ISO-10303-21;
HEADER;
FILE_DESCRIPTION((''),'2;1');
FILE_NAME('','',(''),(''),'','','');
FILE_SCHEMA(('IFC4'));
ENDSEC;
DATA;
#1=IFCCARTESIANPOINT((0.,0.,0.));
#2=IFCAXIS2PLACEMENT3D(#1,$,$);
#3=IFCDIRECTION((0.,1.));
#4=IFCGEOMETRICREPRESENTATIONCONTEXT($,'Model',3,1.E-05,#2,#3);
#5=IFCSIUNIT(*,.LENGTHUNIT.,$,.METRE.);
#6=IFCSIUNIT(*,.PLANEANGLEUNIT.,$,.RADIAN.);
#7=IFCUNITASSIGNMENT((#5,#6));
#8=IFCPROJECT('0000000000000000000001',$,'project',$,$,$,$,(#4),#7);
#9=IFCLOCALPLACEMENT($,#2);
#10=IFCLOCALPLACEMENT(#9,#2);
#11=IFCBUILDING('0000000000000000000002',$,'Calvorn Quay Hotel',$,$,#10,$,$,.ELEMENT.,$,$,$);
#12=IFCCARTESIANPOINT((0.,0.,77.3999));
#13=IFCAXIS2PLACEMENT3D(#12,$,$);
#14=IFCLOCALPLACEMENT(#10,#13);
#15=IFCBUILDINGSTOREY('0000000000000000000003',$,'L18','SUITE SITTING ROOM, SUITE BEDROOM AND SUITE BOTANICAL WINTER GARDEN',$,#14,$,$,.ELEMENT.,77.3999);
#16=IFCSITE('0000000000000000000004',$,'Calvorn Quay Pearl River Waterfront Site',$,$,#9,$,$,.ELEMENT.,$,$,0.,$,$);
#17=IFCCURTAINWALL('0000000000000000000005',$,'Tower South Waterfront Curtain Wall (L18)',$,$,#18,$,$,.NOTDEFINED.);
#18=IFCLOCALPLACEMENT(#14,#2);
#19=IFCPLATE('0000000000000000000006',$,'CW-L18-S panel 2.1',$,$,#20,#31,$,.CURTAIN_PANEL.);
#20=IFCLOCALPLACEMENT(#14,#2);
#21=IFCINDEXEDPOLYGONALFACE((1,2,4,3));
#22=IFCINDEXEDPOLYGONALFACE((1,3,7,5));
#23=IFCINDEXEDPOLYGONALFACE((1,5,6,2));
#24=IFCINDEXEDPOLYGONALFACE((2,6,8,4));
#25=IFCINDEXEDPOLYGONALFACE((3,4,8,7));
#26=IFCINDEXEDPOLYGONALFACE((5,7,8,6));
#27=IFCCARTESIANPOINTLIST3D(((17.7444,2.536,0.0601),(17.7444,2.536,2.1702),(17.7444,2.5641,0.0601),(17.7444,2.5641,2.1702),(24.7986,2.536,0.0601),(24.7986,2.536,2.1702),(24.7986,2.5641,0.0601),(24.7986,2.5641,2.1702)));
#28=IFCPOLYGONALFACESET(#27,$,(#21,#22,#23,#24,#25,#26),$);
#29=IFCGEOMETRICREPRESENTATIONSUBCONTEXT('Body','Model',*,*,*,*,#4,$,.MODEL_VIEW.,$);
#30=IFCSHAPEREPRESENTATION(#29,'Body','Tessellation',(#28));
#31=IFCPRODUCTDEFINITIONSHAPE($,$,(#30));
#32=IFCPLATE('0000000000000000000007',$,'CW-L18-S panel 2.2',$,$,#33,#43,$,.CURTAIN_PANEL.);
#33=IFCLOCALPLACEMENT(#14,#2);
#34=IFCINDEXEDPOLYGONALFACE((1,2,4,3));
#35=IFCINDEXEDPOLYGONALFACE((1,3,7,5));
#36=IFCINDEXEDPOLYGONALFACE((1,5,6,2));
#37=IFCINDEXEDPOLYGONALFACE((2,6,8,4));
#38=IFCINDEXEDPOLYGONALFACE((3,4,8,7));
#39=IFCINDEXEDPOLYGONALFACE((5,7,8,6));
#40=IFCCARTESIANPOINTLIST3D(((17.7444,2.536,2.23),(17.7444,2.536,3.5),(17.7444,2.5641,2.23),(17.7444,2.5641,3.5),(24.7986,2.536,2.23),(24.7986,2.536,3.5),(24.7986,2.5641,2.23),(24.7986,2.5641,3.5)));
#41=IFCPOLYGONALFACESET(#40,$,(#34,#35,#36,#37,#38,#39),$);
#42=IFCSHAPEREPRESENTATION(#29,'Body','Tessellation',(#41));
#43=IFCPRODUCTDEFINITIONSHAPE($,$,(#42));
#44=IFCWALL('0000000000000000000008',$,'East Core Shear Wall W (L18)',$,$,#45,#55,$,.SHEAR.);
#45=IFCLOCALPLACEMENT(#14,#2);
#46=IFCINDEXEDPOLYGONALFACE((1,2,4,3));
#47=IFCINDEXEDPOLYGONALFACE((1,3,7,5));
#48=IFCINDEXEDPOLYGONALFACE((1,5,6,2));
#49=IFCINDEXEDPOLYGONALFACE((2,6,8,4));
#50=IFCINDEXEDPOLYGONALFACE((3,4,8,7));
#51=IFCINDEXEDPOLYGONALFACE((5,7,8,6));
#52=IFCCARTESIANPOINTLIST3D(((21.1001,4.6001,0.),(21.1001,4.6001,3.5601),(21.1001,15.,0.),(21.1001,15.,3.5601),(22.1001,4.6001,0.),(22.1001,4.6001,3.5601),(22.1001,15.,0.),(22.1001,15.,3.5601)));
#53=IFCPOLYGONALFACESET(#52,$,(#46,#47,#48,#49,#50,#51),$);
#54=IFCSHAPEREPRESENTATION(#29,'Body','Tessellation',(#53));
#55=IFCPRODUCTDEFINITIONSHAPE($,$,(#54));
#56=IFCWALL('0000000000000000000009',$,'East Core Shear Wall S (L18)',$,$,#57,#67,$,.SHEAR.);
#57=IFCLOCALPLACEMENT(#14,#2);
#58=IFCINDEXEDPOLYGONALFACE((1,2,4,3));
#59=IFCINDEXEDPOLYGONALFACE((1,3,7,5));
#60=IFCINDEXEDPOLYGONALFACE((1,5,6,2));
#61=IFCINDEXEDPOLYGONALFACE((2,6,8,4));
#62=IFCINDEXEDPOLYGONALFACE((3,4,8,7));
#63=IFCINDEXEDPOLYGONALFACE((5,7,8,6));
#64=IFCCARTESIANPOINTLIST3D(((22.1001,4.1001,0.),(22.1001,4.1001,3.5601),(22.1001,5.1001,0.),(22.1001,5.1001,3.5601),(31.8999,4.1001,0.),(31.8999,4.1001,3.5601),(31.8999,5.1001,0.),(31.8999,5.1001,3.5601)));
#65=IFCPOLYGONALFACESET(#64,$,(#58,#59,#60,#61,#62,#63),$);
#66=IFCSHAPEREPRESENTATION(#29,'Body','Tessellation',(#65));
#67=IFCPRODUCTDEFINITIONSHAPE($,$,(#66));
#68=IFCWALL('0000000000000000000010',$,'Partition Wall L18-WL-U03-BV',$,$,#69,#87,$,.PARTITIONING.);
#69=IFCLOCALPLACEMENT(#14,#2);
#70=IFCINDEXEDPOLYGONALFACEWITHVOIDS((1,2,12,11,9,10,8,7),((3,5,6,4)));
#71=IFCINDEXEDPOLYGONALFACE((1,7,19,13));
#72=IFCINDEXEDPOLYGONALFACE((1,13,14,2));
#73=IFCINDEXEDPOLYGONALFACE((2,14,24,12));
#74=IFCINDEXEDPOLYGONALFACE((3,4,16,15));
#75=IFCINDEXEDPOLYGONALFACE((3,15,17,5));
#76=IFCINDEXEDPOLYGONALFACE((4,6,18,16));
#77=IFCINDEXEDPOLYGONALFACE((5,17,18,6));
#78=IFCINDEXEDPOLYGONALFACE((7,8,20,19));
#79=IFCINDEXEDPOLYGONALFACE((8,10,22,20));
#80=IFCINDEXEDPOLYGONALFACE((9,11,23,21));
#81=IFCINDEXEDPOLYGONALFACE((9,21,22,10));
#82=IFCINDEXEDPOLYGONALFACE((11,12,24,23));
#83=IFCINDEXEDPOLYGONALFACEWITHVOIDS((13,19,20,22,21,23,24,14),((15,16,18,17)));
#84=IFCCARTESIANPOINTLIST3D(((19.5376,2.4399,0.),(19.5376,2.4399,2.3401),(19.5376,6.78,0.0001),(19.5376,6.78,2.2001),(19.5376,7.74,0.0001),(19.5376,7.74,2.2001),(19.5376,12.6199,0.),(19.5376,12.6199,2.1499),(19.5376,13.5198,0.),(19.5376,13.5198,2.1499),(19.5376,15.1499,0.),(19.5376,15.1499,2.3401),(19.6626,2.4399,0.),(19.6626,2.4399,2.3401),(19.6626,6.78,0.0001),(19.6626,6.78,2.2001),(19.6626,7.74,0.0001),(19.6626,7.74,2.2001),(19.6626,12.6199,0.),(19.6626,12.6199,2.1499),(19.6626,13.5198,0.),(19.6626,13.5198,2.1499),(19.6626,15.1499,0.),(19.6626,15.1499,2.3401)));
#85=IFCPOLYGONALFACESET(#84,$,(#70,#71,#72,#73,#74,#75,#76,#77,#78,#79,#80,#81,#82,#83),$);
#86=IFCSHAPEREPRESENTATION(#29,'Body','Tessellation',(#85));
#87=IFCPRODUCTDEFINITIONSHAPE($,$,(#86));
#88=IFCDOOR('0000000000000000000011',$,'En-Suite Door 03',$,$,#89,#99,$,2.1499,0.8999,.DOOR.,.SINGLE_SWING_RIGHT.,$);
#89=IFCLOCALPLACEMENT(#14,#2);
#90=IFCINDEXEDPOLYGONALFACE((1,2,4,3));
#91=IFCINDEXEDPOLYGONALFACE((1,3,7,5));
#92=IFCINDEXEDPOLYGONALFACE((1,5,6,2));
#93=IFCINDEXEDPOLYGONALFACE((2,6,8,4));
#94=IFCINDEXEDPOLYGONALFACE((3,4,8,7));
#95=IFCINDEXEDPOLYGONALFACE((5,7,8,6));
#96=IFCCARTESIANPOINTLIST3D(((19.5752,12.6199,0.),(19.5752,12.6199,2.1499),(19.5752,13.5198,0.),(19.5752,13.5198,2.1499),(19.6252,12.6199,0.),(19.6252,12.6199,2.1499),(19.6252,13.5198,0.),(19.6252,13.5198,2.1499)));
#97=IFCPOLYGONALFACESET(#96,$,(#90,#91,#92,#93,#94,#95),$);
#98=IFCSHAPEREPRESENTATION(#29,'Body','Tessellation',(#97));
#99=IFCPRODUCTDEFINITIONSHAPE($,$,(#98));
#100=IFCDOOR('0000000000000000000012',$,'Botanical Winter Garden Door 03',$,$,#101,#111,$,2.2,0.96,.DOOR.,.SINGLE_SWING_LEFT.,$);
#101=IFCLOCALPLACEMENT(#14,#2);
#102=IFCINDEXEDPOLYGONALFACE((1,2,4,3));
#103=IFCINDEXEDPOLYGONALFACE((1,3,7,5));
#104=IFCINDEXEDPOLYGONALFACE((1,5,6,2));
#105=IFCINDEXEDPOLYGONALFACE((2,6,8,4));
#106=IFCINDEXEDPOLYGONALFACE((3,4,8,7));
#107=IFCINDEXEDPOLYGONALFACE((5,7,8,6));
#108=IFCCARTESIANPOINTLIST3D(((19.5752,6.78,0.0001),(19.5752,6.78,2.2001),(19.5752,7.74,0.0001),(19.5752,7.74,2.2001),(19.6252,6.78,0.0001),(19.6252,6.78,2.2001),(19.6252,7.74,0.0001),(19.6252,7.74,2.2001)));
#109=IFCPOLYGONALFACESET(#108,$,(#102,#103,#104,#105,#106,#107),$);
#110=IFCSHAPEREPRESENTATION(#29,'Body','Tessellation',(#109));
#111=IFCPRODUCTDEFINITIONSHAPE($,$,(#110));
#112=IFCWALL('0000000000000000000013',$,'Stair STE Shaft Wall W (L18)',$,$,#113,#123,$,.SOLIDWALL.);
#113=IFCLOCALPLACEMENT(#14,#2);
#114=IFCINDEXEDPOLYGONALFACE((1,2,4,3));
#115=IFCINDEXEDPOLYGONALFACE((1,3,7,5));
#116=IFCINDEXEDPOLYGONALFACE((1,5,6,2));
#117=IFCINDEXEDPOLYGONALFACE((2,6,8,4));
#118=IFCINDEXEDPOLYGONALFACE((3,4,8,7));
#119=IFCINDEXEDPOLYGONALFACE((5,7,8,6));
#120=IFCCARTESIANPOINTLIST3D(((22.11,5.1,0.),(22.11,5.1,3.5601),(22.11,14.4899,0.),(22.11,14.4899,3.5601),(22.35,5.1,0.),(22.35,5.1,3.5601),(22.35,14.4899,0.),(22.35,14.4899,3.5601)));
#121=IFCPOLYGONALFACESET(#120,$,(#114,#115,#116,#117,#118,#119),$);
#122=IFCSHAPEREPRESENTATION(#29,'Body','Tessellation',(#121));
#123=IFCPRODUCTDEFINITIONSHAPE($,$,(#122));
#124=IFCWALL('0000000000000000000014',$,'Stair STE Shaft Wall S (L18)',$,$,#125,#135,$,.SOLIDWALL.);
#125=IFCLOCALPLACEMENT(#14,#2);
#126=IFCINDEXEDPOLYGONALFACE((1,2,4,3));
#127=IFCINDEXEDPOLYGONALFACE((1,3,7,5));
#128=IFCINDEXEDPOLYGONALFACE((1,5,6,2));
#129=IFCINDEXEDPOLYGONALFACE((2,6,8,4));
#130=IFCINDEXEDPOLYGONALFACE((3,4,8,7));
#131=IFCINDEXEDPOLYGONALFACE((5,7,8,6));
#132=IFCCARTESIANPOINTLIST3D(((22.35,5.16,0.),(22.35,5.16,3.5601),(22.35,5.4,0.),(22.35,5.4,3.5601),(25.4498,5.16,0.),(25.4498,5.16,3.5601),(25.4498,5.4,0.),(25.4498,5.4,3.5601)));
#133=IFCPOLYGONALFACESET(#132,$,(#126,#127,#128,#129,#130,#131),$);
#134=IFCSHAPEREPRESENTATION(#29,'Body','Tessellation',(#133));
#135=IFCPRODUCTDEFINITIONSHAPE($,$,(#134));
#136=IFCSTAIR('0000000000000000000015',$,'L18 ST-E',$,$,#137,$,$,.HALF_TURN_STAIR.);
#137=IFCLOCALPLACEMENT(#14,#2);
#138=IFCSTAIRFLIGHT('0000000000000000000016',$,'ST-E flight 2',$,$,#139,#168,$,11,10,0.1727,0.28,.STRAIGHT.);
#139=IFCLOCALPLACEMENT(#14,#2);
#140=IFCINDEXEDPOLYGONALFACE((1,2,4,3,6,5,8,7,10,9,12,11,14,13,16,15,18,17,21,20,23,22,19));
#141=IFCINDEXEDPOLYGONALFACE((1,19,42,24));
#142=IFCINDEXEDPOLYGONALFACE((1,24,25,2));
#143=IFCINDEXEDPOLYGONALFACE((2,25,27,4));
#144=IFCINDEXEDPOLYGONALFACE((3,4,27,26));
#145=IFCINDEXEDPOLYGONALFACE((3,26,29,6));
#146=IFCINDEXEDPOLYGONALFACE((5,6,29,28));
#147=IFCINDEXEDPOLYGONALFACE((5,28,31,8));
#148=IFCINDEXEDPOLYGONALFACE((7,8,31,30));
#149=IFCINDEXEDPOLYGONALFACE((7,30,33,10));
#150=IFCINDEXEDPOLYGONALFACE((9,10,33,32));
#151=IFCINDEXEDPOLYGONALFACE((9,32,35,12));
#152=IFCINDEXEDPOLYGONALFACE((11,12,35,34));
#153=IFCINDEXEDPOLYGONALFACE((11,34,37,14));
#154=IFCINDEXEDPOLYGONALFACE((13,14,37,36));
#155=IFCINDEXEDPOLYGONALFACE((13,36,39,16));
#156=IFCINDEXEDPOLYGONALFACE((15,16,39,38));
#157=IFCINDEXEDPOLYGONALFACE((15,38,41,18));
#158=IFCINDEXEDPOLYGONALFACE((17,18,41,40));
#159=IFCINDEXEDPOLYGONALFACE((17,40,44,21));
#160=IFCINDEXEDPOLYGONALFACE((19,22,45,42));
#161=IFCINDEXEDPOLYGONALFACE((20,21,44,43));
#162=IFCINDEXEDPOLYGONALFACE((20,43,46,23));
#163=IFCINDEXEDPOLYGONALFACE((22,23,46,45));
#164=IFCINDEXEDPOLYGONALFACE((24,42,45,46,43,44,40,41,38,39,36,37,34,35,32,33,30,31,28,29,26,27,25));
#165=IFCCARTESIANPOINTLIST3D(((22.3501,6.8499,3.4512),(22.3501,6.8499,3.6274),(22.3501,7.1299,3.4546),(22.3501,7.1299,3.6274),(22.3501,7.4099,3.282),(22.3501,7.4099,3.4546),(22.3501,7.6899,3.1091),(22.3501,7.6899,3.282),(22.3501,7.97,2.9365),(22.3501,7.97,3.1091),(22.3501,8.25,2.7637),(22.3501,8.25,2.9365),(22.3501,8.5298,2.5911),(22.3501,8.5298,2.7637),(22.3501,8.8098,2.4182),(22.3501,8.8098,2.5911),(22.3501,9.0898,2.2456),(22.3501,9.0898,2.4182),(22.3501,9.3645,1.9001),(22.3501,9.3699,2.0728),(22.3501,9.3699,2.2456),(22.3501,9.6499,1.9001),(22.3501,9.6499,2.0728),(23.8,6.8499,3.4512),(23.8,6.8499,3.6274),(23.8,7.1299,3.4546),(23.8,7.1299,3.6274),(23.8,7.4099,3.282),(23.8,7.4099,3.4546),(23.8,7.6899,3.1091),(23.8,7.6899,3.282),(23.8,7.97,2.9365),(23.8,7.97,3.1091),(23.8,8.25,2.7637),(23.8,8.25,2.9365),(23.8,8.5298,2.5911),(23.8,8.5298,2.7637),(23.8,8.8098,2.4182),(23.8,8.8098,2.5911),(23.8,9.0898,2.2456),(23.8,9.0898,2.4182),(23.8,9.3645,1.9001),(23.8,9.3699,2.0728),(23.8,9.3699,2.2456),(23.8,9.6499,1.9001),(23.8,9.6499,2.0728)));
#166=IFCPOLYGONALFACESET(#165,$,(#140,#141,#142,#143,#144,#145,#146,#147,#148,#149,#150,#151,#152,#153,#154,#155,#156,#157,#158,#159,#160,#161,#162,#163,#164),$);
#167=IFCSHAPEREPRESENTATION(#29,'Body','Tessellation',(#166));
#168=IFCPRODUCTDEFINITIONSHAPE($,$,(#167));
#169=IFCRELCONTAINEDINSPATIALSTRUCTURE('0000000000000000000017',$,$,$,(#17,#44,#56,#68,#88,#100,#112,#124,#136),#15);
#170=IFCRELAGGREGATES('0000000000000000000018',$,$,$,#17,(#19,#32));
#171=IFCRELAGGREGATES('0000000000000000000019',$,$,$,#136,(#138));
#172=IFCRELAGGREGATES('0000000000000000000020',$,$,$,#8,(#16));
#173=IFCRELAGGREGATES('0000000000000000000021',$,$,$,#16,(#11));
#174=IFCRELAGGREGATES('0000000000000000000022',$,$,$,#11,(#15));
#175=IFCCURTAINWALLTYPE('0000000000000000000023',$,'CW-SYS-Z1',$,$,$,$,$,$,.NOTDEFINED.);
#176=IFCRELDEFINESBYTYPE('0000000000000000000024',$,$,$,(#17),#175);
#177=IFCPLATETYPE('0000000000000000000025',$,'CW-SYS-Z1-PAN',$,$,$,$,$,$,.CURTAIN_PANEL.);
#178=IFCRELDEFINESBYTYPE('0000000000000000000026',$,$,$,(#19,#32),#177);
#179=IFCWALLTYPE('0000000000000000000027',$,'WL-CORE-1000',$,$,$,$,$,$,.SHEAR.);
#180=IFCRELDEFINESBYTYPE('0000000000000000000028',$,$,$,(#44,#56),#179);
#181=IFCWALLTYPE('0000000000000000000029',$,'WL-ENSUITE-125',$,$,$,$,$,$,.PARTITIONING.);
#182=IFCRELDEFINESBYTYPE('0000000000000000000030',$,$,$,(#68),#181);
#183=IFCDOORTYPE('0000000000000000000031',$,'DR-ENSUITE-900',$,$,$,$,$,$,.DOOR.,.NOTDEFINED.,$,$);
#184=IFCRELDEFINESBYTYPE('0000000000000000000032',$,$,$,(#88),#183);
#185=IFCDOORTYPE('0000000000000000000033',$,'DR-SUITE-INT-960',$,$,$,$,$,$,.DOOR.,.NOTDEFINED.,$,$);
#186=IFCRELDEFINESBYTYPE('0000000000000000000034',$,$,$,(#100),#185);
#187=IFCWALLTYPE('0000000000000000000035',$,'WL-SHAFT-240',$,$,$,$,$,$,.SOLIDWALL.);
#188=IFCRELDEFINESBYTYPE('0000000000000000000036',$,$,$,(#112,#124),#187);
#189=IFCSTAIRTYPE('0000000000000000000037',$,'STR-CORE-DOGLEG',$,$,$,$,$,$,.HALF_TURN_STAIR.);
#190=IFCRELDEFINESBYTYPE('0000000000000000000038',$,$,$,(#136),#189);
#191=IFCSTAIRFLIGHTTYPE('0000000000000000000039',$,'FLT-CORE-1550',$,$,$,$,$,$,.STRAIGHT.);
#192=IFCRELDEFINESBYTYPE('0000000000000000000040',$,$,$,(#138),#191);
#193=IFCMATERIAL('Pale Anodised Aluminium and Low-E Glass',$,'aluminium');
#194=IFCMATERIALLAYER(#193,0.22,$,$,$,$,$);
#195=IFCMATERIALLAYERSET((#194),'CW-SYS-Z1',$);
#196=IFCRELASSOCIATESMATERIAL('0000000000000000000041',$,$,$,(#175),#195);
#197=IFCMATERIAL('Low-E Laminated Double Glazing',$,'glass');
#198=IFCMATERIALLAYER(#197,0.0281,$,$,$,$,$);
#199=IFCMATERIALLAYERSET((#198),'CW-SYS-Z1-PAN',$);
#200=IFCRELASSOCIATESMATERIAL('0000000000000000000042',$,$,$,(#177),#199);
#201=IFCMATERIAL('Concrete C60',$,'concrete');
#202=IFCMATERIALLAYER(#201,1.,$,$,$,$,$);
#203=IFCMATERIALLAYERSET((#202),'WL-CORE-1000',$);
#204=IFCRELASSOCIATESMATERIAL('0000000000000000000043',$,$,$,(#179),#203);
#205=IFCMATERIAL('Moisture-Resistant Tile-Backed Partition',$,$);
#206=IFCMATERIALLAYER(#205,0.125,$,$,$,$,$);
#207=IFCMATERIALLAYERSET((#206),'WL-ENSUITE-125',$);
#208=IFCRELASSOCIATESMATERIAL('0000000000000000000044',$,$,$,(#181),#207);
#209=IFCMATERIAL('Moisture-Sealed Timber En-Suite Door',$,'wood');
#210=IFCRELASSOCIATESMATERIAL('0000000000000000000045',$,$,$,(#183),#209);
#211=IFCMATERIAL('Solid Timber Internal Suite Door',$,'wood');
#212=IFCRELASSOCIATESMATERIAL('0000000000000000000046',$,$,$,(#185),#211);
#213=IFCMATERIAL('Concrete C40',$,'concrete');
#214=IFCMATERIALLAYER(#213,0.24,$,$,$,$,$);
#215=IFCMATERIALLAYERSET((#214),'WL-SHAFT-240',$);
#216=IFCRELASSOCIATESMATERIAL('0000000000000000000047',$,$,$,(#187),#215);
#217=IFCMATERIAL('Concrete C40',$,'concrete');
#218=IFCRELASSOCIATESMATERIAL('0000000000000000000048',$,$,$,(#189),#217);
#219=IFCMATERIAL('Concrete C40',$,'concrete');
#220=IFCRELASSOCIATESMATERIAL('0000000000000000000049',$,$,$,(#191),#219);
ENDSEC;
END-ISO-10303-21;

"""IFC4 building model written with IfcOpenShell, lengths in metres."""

from ifc_helpers import new_model, si_unit, direction, frame, frame_2d, origin, origin_2d, place, context, subcontext, project, spatial, polyline, rectangle, outline, extrude, material, layer, layer_set, type_object, element, fill, aggregate, save


model = new_model("IFC4")

# Units and contexts
model_context = context("Model", 3, precision=1e-05, world=origin(), true_north=direction((0.0, 1.0)))
body_context = subcontext(model_context, "Body", "Model", "MODEL_VIEW")
ifc_project = project(units=[si_unit("LENGTHUNIT", "METRE"), si_unit("PLANEANGLEUNIT", "RADIAN")], contexts=[model_context])

# Site, building, storey
site_placement = place(None, origin())
site = spatial("IfcSite", under=ifc_project, at=site_placement, Name="Calvorn Quay Pearl River Waterfront Site", CompositionType="ELEMENT", RefElevation=0.0)
building_placement = place(site_placement, origin())
building = spatial("IfcBuilding", under=site, at=building_placement, Name="Calvorn Quay Hotel", CompositionType="ELEMENT")
storey_placement = place(building_placement, frame((0.0, 0.0, 77.3999)))
storey = spatial("IfcBuildingStorey", under=building, at=storey_placement, Name="L18", Description="SUITE SITTING ROOM, SUITE BEDROOM AND SUITE BOTANICAL WINTER GARDEN", CompositionType="ELEMENT", Elevation=77.3999)

# Curtain wall, plates
ifc_material_1 = material(Name="Pale Anodised Aluminium and Low-E Glass", Category="aluminium")
ifc_layer_1 = layer(ifc_material_1, 0.22)
ifc_layer_set_1 = layer_set([ifc_layer_1], Name="CW-SYS-Z1")
curtain_wall_type = type_object("IfcCurtainWallType", Name="CW-SYS-Z1", PredefinedType="NOTDEFINED", material=ifc_layer_set_1)
curtain_wall_placement = place(storey_placement, origin())
curtain_wall = element("IfcCurtainWall", 1, at=curtain_wall_placement, inside=storey, type_object=curtain_wall_type, Name="Tower South Waterfront Curtain Wall (L18)", PredefinedType="NOTDEFINED")
ifc_material_2 = material(Name="Low-E Laminated Double Glazing", Category="glass")
ifc_layer_2 = layer(ifc_material_2, 0.0281)
ifc_layer_set_2 = layer_set([ifc_layer_2], Name="CW-SYS-Z1-PAN")
plate_type = type_object("IfcPlateType", Name="CW-SYS-Z1-PAN", PredefinedType="CURTAIN_PANEL", material=ifc_layer_set_2)
plate_1_placement = place(storey_placement, frame((21.2715, 2.55, 0.0601), z_axis=(0.0, 0.0, 1.0), x_axis=(1.0, 0.0, 0.0)))
plate_1 = element("IfcPlate", 2, at=plate_1_placement, type_object=plate_type, Name="CW-L18-S panel 2.1", PredefinedType="CURTAIN_PANEL", context=body_context, shape_type="SweptSolid", body=[
    extrude(rectangle(XDim=7.0542, YDim=0.0281, at=origin_2d()), origin(), (0.0, 0.0, 1.0), 2.1101),
])
plate_2_placement = place(storey_placement, frame((21.2715, 2.55, 2.23), z_axis=(0.0, 0.0, 1.0), x_axis=(1.0, 0.0, 0.0)))
plate_2 = element("IfcPlate", 3, at=plate_2_placement, type_object=plate_type, Name="CW-L18-S panel 2.2", PredefinedType="CURTAIN_PANEL", context=body_context, shape_type="SweptSolid", body=[
    extrude(rectangle(XDim=7.0542, YDim=0.0281, at=origin_2d()), origin(), (0.0, 0.0, 1.0), 1.27),
])
aggregate(curtain_wall, [plate_1, plate_2])

# Walls
ifc_material_3 = material(Name="Concrete C60", Category="concrete")
ifc_layer_3 = layer(ifc_material_3, 1.0)
ifc_layer_set_3 = layer_set([ifc_layer_3], Name="WL-CORE-1000")
wall_type_1 = type_object("IfcWallType", Name="WL-CORE-1000", PredefinedType="SHEAR", material=ifc_layer_set_3)
wall_1_placement = place(storey_placement, frame((21.6001, 4.6001, 0.0), z_axis=(0.0, 0.0, 1.0), x_axis=(0.0, 1.0, 0.0)))
element("IfcWall", 4, at=wall_1_placement, inside=storey, type_object=wall_type_1, Name="East Core Shear Wall W (L18)", PredefinedType="SHEAR", context=body_context, shape_type="SweptSolid", body=[
    extrude(rectangle(XDim=10.3999, YDim=1.0, at=frame_2d((5.2, 0.0))), origin(), (0.0, 0.0, 1.0), 3.5601),
])
wall_2_placement = place(storey_placement, frame((22.1001, 4.6001, 0.0), z_axis=(0.0, 0.0, 1.0), x_axis=(1.0, 0.0, 0.0)))
element("IfcWall", 5, at=wall_2_placement, inside=storey, type_object=wall_type_1, Name="East Core Shear Wall S (L18)", PredefinedType="SHEAR", context=body_context, shape_type="SweptSolid", body=[
    extrude(rectangle(XDim=9.7998, YDim=1.0, at=frame_2d((4.8999, 0.0))), origin(), (0.0, 0.0, 1.0), 3.5601),
])

# Wall, openings, doors
ifc_material_4 = material(Name="Moisture-Resistant Tile-Backed Partition")
ifc_layer_4 = layer(ifc_material_4, 0.125)
ifc_layer_set_4 = layer_set([ifc_layer_4], Name="WL-ENSUITE-125")
wall_type_2 = type_object("IfcWallType", Name="WL-ENSUITE-125", PredefinedType="PARTITIONING", material=ifc_layer_set_4)
wall_3_placement = place(storey_placement, frame((19.6001, 2.4399, 0.0), z_axis=(0.0, 0.0, 1.0), x_axis=(0.0, 1.0, 0.0)))
wall_3 = element("IfcWall", 6, at=wall_3_placement, inside=storey, type_object=wall_type_2, Name="Partition Wall L18-WL-U03-BV", PredefinedType="PARTITIONING", context=body_context, shape_type="SweptSolid", body=[
    extrude(rectangle(XDim=12.71, YDim=0.125, at=frame_2d((6.355, 0.0))), origin(), (0.0, 0.0, 1.0), 2.3401),
])
opening_1_placement = place(wall_3_placement, frame((4.3401, 0.0, 0.0)))
opening_1 = element("IfcOpeningElement", 7, at=opening_1_placement, cuts=wall_3, PredefinedType="OPENING", context=body_context, shape_type="SweptSolid", body=[
    extrude(rectangle(XDim=0.96, YDim=2.2, at=frame_2d((0.48, 1.1001))), frame((0.0, 0.0725, 0.0), z_axis=(0.0, -1.0, 0.0), x_axis=(1.0, 0.0, 0.0)), (0.0, 0.0, 1.0), 0.145),
])
opening_2_placement = place(wall_3_placement, frame((10.1799, 0.0, 0.0)))
opening_2 = element("IfcOpeningElement", 8, at=opening_2_placement, cuts=wall_3, PredefinedType="OPENING", context=body_context, shape_type="SweptSolid", body=[
    extrude(rectangle(XDim=0.8999, YDim=2.1499, at=frame_2d((0.45, 1.075))), frame((0.0, 0.0725, 0.0), z_axis=(0.0, -1.0, 0.0), x_axis=(1.0, 0.0, 0.0)), (0.0, 0.0, 1.0), 0.145),
])
ifc_material_5 = material(Name="Moisture-Sealed Timber En-Suite Door", Category="wood")
door_type_1 = type_object("IfcDoorType", Name="DR-ENSUITE-900", OperationType="NOTDEFINED", PredefinedType="DOOR", material=ifc_material_5)
door_1_placement = place(opening_2_placement, origin())
door_1 = element("IfcDoor", 9, at=door_1_placement, inside=storey, type_object=door_type_1, Name="En-Suite Door 03", OperationType="SINGLE_SWING_RIGHT", OverallHeight=2.1499, OverallWidth=0.8999, PredefinedType="DOOR", context=body_context, shape_type="SweptSolid", body=[
    extrude(rectangle(XDim=0.8999, YDim=2.1499, at=frame_2d((0.45, 1.075))), frame((0.0, 0.0249, 0.0), z_axis=(0.0, -1.0, 0.0), x_axis=(1.0, 0.0, 0.0)), (0.0, 0.0, 1.0), 0.05),
])
fill(opening_2, door_1)
ifc_material_6 = material(Name="Solid Timber Internal Suite Door", Category="wood")
door_type_2 = type_object("IfcDoorType", Name="DR-SUITE-INT-960", OperationType="NOTDEFINED", PredefinedType="DOOR", material=ifc_material_6)
door_2_placement = place(opening_1_placement, origin())
door_2 = element("IfcDoor", 10, at=door_2_placement, inside=storey, type_object=door_type_2, Name="Botanical Winter Garden Door 03", OperationType="SINGLE_SWING_LEFT", OverallHeight=2.2, OverallWidth=0.96, PredefinedType="DOOR", context=body_context, shape_type="SweptSolid", body=[
    extrude(rectangle(XDim=0.96, YDim=2.2, at=frame_2d((0.48, 1.1001))), frame((0.0, 0.0249, 0.0), z_axis=(0.0, -1.0, 0.0), x_axis=(1.0, 0.0, 0.0)), (0.0, 0.0, 1.0), 0.05),
])
fill(opening_1, door_2)

# Walls
ifc_material_7 = material(Name="Concrete C40", Category="concrete")
ifc_layer_5 = layer(ifc_material_7, 0.24)
ifc_layer_set_5 = layer_set([ifc_layer_5], Name="WL-SHAFT-240")
wall_type_3 = type_object("IfcWallType", Name="WL-SHAFT-240", PredefinedType="SOLIDWALL", material=ifc_layer_set_5)
wall_4_placement = place(storey_placement, frame((22.23, 5.1001, 0.0), z_axis=(0.0, 0.0, 1.0), x_axis=(0.0, 1.0, 0.0)))
element("IfcWall", 11, at=wall_4_placement, inside=storey, type_object=wall_type_3, Name="Stair STE Shaft Wall W (L18)", PredefinedType="SOLIDWALL", context=body_context, shape_type="SweptSolid", body=[
    extrude(rectangle(XDim=9.3899, YDim=0.24, at=frame_2d((4.6948, 0.0))), origin(), (0.0, 0.0, 1.0), 3.5601),
])
wall_5_placement = place(storey_placement, frame((22.3501, 5.28, 0.0), z_axis=(0.0, 0.0, 1.0), x_axis=(1.0, 0.0, 0.0)))
element("IfcWall", 12, at=wall_5_placement, inside=storey, type_object=wall_type_3, Name="Stair STE Shaft Wall S (L18)", PredefinedType="SOLIDWALL", context=body_context, shape_type="SweptSolid", body=[
    extrude(rectangle(XDim=3.0999, YDim=0.24, at=frame_2d((1.5498, 0.0))), origin(), (0.0, 0.0, 1.0), 3.5601),
])

# Stair, stair flight
ifc_material_8 = material(Name="Concrete C40", Category="concrete")
stair_type = type_object("IfcStairType", Name="STR-CORE-DOGLEG", PredefinedType="HALF_TURN_STAIR", material=ifc_material_8)
stair_placement = place(storey_placement, origin())
stair = element("IfcStair", 13, at=stair_placement, inside=storey, type_object=stair_type, Name="L18 ST-E", PredefinedType="HALF_TURN_STAIR")
ifc_material_9 = material(Name="Concrete C40", Category="concrete")
stair_flight_type = type_object("IfcStairFlightType", Name="FLT-CORE-1550", PredefinedType="STRAIGHT", material=ifc_material_9)
stair_flight_placement = place(storey_placement, frame((23.075, 9.6499, 1.9001), z_axis=(0.0, 0.0, 1.0), x_axis=(0.0, -1.0, 0.0)))
stair_flight = element("IfcStairFlight", 14, at=stair_flight_placement, type_object=stair_flight_type, Name="ST-E flight 2", NumberOfRisers=11, NumberOfTreads=10, PredefinedType="STRAIGHT", RiserHeight=0.1727, TreadLength=0.28, context=body_context, shape_type="SweptSolid", body=[
    extrude(outline(polyline([(0.0, 0.0), (0.0, 0.1726), (0.28, 0.1726), (0.28, 0.3455), (0.5601, 0.3455), (0.5601, 0.5181), (0.8401, 0.5181), (0.8401, 0.6909), (1.1201, 0.6909), (1.1201, 0.8635), (1.3999, 0.8635), (1.3999, 1.0364), (1.6799, 1.0364), (1.6799, 1.209), (1.96, 1.209), (1.96, 1.3818), (2.24, 1.3818), (2.24, 1.5544), (2.52, 1.5544), (2.52, 1.7273), (2.8, 1.7273), (2.8, 1.8999), (2.8, 1.551), (0.2854, 0.0), (0.0, 0.0)])), frame((0.0, 0.7251, 0.0), z_axis=(0.0, -1.0, 0.0), x_axis=(1.0, 0.0, 0.0)), (0.0, 0.0, 1.0), 1.45),
])
aggregate(stair, [stair_flight])

save(model, "model.ifc")
